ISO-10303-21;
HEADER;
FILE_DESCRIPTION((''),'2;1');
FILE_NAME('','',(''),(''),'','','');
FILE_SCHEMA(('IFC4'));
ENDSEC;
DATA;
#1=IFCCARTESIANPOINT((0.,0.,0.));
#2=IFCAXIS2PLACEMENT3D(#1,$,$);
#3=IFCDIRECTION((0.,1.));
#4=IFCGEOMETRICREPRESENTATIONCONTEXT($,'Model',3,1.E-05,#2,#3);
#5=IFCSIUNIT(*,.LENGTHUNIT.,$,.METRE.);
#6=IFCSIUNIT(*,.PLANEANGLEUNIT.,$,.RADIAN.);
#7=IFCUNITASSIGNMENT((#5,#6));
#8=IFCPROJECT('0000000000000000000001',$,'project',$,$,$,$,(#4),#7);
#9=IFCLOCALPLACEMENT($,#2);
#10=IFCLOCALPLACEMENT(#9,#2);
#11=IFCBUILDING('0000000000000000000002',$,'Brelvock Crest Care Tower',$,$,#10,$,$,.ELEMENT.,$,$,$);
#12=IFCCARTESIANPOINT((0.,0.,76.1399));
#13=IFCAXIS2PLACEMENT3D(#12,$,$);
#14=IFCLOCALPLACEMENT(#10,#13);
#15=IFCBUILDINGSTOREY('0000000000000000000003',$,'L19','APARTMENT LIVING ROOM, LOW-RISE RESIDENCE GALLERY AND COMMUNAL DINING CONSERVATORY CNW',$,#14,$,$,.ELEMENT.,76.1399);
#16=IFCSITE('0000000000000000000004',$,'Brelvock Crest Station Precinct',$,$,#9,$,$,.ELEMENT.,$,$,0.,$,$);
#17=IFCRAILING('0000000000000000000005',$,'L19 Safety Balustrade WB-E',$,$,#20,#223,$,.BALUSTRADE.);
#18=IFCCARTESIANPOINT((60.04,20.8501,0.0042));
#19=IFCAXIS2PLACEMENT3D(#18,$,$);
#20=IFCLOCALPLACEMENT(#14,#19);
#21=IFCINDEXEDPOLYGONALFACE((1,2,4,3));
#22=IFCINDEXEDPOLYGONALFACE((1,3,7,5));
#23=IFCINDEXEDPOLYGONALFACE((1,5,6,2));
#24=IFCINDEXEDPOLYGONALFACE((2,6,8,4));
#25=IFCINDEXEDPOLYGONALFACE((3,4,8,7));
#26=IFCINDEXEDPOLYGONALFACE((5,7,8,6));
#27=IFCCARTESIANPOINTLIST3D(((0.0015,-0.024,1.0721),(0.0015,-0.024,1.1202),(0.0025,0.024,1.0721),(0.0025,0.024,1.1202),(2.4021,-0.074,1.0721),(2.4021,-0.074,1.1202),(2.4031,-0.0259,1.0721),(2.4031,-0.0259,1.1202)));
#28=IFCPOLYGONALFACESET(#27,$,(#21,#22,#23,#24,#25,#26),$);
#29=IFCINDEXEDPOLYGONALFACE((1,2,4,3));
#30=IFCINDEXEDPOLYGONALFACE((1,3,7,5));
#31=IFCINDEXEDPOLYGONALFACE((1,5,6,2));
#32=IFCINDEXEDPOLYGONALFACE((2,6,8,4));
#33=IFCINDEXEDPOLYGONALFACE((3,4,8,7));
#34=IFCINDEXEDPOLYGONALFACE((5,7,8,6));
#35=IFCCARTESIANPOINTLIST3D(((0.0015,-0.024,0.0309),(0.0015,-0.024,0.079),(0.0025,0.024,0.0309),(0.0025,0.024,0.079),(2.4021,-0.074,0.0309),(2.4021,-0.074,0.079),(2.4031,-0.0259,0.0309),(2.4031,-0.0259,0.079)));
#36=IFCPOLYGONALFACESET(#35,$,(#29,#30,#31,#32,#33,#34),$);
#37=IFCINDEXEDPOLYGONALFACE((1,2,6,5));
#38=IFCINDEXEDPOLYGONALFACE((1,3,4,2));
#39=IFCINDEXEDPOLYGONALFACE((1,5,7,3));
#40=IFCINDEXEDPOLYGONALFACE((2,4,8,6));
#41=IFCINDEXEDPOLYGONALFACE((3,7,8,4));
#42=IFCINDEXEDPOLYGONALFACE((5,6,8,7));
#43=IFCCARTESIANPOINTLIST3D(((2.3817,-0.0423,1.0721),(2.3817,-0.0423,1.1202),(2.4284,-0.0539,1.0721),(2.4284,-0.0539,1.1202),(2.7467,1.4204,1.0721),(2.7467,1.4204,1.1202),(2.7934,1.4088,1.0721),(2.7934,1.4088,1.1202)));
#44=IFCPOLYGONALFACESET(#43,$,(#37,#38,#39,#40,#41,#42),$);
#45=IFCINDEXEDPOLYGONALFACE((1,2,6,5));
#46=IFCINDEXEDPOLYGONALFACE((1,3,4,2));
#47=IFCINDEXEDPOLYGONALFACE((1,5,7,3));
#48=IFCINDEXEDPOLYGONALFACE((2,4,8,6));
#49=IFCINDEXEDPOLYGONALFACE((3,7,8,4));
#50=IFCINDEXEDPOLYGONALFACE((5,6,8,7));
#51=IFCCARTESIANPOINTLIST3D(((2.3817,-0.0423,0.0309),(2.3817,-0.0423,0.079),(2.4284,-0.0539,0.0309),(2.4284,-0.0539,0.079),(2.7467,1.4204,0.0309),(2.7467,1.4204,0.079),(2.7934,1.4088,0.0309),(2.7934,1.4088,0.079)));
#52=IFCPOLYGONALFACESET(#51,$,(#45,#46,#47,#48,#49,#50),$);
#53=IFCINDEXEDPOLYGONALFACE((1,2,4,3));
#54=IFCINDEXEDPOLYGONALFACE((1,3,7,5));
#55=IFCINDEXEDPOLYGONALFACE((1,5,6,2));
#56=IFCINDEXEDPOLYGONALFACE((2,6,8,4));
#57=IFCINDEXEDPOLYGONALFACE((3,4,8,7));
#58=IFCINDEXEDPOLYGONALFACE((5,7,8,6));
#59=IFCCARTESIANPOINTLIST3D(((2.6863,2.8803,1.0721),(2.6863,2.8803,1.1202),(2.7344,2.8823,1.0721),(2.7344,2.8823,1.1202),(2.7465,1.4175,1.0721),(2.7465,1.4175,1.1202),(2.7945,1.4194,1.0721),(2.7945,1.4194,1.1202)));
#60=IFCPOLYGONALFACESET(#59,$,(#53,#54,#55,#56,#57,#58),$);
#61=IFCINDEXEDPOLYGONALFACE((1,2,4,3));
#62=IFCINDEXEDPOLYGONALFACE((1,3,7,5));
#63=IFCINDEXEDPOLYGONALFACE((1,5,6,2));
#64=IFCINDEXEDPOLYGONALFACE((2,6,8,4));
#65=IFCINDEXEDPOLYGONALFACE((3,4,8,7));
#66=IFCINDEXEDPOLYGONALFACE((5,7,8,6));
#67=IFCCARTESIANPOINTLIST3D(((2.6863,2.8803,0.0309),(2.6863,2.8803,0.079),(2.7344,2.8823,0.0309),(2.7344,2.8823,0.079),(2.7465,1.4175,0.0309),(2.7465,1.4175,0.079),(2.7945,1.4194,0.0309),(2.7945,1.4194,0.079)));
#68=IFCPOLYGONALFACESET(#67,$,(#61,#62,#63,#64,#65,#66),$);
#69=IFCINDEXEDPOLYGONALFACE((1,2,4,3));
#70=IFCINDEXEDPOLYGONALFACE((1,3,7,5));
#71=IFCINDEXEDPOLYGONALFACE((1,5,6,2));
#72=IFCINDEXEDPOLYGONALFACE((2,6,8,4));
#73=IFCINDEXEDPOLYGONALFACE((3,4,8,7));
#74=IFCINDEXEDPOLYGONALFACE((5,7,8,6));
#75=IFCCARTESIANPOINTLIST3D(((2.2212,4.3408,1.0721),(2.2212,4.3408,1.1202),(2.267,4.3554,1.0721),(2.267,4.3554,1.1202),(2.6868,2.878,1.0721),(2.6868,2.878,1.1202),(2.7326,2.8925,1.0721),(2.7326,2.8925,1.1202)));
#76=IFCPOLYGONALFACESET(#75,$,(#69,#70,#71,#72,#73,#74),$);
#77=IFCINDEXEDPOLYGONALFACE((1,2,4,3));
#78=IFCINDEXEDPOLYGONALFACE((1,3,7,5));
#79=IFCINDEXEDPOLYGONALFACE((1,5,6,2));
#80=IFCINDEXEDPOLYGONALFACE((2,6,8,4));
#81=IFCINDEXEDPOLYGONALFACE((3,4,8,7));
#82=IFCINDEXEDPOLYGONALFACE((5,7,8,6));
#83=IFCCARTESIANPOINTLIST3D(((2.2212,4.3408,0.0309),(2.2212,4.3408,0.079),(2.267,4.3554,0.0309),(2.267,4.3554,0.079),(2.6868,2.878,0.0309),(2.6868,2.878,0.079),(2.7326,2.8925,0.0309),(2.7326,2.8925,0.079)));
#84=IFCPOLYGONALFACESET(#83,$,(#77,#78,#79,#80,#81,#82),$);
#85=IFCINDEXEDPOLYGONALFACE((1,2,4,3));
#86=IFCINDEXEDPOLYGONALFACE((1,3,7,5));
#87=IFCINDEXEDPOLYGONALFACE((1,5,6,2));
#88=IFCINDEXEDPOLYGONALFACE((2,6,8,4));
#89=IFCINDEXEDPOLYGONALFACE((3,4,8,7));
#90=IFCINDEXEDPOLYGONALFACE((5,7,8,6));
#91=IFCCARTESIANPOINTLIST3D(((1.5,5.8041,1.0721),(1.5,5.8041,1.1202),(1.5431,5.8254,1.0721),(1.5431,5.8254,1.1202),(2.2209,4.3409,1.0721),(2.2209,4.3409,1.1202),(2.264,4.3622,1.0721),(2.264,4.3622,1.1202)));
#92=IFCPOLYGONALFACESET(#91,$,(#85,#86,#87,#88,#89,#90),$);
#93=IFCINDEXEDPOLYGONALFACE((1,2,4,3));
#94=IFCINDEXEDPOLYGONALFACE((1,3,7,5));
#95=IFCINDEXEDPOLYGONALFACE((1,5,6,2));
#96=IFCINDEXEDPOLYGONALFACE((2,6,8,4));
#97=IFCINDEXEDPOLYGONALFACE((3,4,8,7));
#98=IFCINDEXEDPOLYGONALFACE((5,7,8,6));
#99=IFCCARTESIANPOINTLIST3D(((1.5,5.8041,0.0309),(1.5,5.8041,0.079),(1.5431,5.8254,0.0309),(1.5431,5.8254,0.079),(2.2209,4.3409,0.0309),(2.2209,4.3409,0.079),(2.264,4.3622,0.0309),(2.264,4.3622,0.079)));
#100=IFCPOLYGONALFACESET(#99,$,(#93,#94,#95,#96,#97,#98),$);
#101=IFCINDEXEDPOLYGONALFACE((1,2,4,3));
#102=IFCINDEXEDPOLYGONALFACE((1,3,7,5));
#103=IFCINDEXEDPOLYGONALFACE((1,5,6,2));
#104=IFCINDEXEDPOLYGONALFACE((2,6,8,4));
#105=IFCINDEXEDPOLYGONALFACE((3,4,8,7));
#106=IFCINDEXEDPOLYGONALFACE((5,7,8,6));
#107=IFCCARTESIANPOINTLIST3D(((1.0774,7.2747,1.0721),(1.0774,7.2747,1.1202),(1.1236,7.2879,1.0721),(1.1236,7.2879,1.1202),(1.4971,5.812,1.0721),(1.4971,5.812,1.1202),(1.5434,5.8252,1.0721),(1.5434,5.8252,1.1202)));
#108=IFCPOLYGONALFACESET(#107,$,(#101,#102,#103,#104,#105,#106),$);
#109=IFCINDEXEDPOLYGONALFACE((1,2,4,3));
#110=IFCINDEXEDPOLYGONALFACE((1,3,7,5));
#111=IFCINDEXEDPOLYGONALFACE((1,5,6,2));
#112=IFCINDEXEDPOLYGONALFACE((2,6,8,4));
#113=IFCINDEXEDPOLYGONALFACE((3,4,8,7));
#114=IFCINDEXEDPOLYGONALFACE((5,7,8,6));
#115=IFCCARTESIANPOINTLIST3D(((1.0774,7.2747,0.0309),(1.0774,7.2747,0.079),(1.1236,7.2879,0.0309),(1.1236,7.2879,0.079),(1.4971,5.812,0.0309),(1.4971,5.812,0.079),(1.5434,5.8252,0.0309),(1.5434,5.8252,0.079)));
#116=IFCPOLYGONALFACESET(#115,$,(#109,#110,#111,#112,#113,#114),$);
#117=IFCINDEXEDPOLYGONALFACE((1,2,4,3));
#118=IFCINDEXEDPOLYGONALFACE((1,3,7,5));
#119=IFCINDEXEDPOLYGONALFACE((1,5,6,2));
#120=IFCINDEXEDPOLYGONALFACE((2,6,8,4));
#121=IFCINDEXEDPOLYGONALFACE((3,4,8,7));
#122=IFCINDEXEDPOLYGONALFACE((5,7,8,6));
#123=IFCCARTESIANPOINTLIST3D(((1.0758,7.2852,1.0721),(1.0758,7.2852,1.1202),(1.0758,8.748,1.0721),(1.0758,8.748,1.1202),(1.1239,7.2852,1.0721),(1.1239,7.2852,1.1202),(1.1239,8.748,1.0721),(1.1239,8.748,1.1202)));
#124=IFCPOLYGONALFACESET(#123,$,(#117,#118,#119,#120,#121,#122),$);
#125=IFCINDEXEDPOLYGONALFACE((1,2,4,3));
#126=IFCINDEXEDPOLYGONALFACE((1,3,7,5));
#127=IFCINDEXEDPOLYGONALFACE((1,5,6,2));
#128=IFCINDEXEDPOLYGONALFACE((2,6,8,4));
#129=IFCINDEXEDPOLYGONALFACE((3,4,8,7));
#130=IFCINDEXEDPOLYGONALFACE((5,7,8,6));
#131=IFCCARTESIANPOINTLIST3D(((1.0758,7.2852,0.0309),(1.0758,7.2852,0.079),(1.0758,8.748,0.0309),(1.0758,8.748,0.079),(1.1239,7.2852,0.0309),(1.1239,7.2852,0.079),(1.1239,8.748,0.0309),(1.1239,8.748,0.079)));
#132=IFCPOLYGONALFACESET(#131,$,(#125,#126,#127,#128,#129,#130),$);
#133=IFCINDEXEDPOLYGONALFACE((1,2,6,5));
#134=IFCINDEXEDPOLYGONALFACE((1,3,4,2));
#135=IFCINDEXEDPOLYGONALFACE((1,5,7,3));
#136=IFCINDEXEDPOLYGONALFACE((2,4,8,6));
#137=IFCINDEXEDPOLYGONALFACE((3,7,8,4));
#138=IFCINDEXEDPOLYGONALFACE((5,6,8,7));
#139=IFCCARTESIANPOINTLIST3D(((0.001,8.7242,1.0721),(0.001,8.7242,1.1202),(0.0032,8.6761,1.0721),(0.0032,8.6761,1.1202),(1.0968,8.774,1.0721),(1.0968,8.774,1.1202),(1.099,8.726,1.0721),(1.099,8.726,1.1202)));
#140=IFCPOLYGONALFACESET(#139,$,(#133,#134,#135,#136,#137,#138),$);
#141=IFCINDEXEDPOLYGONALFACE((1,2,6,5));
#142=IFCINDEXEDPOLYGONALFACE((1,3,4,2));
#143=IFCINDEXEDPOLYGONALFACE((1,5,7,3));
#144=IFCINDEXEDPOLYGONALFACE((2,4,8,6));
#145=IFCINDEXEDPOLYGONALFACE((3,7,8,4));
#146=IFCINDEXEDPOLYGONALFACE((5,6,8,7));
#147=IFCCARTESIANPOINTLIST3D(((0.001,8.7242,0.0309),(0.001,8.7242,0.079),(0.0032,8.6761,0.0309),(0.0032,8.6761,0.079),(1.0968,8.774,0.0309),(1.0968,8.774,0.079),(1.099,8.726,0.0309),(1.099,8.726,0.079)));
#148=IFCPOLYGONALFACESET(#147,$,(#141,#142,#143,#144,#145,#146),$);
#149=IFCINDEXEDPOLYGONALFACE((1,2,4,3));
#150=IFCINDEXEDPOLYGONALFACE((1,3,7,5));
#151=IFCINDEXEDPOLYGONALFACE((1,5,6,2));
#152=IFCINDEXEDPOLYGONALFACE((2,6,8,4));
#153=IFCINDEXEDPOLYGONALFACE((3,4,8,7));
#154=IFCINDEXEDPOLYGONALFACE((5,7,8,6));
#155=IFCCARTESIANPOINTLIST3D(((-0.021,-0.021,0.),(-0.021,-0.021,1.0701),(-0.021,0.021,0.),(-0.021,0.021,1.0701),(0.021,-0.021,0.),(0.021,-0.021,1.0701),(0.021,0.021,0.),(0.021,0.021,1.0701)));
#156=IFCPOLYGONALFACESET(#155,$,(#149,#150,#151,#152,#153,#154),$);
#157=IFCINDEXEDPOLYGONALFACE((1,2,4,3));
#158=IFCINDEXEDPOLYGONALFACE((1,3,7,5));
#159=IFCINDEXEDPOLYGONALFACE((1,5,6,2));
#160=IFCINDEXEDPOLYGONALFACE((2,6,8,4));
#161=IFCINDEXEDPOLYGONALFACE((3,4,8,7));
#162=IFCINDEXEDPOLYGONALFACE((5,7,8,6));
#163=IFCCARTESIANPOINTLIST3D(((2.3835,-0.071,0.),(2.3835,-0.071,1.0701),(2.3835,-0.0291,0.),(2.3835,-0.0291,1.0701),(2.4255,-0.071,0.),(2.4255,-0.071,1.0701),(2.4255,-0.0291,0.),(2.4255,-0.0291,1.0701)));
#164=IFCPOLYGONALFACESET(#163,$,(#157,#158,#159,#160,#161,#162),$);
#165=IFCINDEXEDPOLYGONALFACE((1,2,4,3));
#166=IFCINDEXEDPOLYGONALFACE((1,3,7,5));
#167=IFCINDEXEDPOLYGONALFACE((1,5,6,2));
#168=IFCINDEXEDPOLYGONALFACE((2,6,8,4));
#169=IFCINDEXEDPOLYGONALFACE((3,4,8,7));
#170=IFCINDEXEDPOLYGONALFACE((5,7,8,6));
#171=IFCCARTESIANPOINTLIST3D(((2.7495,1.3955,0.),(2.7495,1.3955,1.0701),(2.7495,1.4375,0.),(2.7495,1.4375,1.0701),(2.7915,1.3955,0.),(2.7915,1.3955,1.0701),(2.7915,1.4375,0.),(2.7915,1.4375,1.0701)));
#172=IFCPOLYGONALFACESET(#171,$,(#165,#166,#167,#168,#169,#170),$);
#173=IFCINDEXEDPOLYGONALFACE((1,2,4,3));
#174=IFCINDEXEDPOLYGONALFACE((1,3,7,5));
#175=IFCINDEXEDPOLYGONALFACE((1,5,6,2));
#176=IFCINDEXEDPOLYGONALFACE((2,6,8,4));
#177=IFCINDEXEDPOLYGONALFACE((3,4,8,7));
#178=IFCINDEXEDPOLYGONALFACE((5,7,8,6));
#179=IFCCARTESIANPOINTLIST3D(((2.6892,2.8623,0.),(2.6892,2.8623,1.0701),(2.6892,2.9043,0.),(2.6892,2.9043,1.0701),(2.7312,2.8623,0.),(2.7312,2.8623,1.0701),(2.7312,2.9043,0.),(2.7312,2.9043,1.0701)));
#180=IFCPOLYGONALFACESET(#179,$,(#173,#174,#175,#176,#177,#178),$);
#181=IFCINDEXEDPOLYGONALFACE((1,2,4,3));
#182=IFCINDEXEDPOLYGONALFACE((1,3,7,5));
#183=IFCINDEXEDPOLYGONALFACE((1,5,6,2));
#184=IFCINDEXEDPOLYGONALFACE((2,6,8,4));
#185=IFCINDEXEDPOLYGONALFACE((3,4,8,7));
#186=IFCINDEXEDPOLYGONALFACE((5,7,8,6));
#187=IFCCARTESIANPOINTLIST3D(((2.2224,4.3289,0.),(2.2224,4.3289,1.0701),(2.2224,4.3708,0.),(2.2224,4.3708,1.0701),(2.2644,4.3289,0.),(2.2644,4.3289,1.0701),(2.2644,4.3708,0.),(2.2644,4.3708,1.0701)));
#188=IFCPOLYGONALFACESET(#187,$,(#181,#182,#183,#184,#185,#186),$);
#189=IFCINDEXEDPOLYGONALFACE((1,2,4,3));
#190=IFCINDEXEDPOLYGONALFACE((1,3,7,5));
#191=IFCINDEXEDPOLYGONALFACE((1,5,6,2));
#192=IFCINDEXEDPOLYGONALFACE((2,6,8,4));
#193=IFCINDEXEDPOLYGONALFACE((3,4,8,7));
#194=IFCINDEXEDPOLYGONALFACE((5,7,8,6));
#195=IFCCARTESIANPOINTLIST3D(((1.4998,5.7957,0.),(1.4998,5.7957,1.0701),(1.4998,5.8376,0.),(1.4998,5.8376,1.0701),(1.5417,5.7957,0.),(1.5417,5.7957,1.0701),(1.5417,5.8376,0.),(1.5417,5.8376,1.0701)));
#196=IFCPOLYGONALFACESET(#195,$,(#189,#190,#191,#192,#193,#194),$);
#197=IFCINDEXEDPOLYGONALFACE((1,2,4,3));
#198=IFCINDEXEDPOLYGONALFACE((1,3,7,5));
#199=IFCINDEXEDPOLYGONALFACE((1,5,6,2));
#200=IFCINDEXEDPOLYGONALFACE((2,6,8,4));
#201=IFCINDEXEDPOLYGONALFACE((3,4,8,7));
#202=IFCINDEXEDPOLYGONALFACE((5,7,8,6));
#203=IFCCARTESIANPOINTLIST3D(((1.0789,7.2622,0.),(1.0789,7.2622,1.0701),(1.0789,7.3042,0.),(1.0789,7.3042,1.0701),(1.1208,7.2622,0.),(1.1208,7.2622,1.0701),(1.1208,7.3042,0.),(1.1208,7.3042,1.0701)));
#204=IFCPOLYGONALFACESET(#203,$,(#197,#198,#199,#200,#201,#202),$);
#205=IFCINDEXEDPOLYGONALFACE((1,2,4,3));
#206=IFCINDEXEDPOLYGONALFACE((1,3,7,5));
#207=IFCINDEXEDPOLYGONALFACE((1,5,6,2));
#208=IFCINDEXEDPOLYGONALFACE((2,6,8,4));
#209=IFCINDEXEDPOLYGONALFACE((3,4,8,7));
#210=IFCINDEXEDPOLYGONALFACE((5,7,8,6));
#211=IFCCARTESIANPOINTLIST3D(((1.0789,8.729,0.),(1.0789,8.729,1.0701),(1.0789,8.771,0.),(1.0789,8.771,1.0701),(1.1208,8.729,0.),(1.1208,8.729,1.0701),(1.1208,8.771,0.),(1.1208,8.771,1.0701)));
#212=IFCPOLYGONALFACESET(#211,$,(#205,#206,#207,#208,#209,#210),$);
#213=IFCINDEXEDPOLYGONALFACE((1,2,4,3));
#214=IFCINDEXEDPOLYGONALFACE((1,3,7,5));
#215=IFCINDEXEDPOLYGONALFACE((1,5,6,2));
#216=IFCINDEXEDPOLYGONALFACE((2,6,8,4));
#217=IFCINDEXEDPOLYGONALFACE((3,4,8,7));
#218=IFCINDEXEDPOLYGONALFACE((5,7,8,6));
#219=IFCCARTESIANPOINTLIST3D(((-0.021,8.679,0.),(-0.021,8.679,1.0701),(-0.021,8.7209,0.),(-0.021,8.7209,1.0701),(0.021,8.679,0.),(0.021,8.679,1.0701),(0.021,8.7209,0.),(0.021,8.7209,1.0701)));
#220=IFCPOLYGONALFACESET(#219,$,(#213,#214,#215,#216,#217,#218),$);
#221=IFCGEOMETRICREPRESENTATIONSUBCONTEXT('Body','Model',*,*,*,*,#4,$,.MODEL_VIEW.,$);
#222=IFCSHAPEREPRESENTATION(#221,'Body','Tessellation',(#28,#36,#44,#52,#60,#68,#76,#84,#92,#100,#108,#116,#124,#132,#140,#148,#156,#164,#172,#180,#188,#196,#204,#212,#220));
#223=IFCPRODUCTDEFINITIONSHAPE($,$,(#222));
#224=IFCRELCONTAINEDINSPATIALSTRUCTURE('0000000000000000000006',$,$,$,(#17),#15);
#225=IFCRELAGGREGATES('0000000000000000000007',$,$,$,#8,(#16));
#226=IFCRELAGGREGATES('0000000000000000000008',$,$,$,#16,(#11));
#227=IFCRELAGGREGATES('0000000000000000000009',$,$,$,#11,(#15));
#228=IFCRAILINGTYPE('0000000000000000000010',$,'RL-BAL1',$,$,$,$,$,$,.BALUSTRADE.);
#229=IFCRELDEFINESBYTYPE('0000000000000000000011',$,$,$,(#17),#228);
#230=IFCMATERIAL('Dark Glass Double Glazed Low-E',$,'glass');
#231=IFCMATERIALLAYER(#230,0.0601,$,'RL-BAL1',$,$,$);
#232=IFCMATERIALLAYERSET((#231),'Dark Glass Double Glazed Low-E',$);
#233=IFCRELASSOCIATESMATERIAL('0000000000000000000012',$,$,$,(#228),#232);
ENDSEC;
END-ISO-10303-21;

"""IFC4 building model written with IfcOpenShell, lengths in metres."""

from ifc_helpers import new_model, si_unit, direction, frame, origin, origin_2d, place, context, subcontext, project, spatial, rectangle, extrude, material, layer, layer_set, type_object, element, save


model = new_model("IFC4")

# Units and contexts
model_context = context("Model", 3, precision=1e-05, world=origin(), true_north=direction((0.0, 1.0)))
body_context = subcontext(model_context, "Body", "Model", "MODEL_VIEW")
ifc_project = project(units=[si_unit("LENGTHUNIT", "METRE"), si_unit("PLANEANGLEUNIT", "RADIAN")], contexts=[model_context])

# Site, building, storey
site_placement = place(None, origin())
site = spatial("IfcSite", under=ifc_project, at=site_placement, Name="Brelvock Crest Station Precinct", CompositionType="ELEMENT", RefElevation=0.0)
building_placement = place(site_placement, origin())
building = spatial("IfcBuilding", under=site, at=building_placement, Name="Brelvock Crest Care Tower", CompositionType="ELEMENT")
storey_placement = place(building_placement, frame((0.0, 0.0, 76.1399)))
storey = spatial("IfcBuildingStorey", under=building, at=storey_placement, Name="L19", Description="APARTMENT LIVING ROOM, LOW-RISE RESIDENCE GALLERY AND COMMUNAL DINING CONSERVATORY CNW", CompositionType="ELEMENT", Elevation=76.1399)

# Shared definitions
ifc_material_1 = material(Name="Dark Glass Double Glazed Low-E", Category="glass")

# Railing
ifc_layer_1 = layer(ifc_material_1, 0.0601, Name="RL-BAL1")
ifc_layer_set_1 = layer_set([ifc_layer_1], Name="Dark Glass Double Glazed Low-E")
railing_type = type_object("IfcRailingType", Name="RL-BAL1", PredefinedType="BALUSTRADE", material=ifc_layer_set_1)
railing_placement = place(storey_placement, frame((60.04, 20.8501, 0.0042)))
element("IfcRailing", 1, at=railing_placement, inside=storey, type_object=railing_type, Name="L19 Safety Balustrade WB-E", PredefinedType="BALUSTRADE", context=body_context, shape_type="SweptSolid", body=[
    extrude(rectangle(XDim=0.0481, YDim=0.0481, at=origin_2d()), frame((0.002, 0.0, 1.0962), z_axis=(0.999783, -0.02081, 0.0), x_axis=(0.02081, 0.999783, 0.0)), (0.0, 0.0, 1.0), 2.4011),
    extrude(rectangle(XDim=0.0481, YDim=0.0481, at=origin_2d()), frame((0.002, 0.0, 0.0549), z_axis=(0.999783, -0.02081, 0.0), x_axis=(0.02081, 0.999783, 0.0)), (0.0, 0.0, 1.0), 2.4011),
    extrude(rectangle(XDim=0.0481, YDim=0.0481, at=origin_2d()), frame((2.405, -0.0481, 1.0962), z_axis=(0.242118, 0.970247, 0.0), x_axis=(-0.970247, 0.242118, 0.0)), (0.0, 0.0, 1.0), 1.5076),
    extrude(rectangle(XDim=0.0481, YDim=0.0481, at=origin_2d()), frame((2.405, -0.0481, 0.0549), z_axis=(0.242118, 0.970247, 0.0), x_axis=(-0.970247, 0.242118, 0.0)), (0.0, 0.0, 1.0), 1.5076),
    extrude(rectangle(XDim=0.0481, YDim=0.0481, at=origin_2d()), frame((2.7705, 1.4185, 1.0962), z_axis=(-0.041077, 0.999156, 0.0), x_axis=(-0.999156, -0.041077, 0.0)), (0.0, 0.0, 1.0), 1.4641),
    extrude(rectangle(XDim=0.0481, YDim=0.0481, at=origin_2d()), frame((2.7705, 1.4185, 0.0549), z_axis=(-0.041077, 0.999156, 0.0), x_axis=(-0.999156, -0.041077, 0.0)), (0.0, 0.0, 1.0), 1.4641),
    extrude(rectangle(XDim=0.0481, YDim=0.0481, at=origin_2d()), frame((2.7097, 2.8853, 1.0962), z_axis=(-0.303302, 0.952895, 0.0), x_axis=(-0.952895, -0.303302, 0.0)), (0.0, 0.0, 1.0), 1.5352),
    extrude(rectangle(XDim=0.0481, YDim=0.0481, at=origin_2d()), frame((2.7097, 2.8853, 0.0549), z_axis=(-0.303302, 0.952895, 0.0), x_axis=(-0.952895, -0.303302, 0.0)), (0.0, 0.0, 1.0), 1.5352),
    extrude(rectangle(XDim=0.0481, YDim=0.0481, at=origin_2d()), frame((2.2424, 4.3516, 1.0962), z_axis=(-0.44195, 0.89704, 0.0), x_axis=(-0.89704, -0.44195, 0.0)), (0.0, 0.0, 1.0), 1.6311),
    extrude(rectangle(XDim=0.0481, YDim=0.0481, at=origin_2d()), frame((2.2424, 4.3516, 0.0549), z_axis=(-0.44195, 0.89704, 0.0), x_axis=(-0.89704, -0.44195, 0.0)), (0.0, 0.0, 1.0), 1.6311),
    extrude(rectangle(XDim=0.0481, YDim=0.0481, at=origin_2d()), frame((1.5203, 5.8186, 1.0962), z_axis=(-0.275862, 0.961197, 0.0), x_axis=(-0.961197, -0.275862, 0.0)), (0.0, 0.0, 1.0), 1.5217),
    extrude(rectangle(XDim=0.0481, YDim=0.0481, at=origin_2d()), frame((1.5203, 5.8186, 0.0549), z_axis=(-0.275862, 0.961197, 0.0), x_axis=(-0.961197, -0.275862, 0.0)), (0.0, 0.0, 1.0), 1.5217),
    extrude(rectangle(XDim=0.0481, YDim=0.0481, at=origin_2d()), frame((1.0999, 7.2852, 1.0962), z_axis=(0.0, 1.0, 0.0), x_axis=(-1.0, 0.0, 0.0)), (0.0, 0.0, 1.0), 1.4629),
    extrude(rectangle(XDim=0.0481, YDim=0.0481, at=origin_2d()), frame((1.0999, 7.2852, 0.0549), z_axis=(0.0, 1.0, 0.0), x_axis=(-1.0, 0.0, 0.0)), (0.0, 0.0, 1.0), 1.4629),
    extrude(rectangle(XDim=0.0481, YDim=0.0481, at=origin_2d()), frame((1.0979, 8.75, 1.0962), z_axis=(-0.998966, -0.045458, 0.0), x_axis=(0.045458, -0.998966, 0.0)), (0.0, 0.0, 1.0), 1.0969),
    extrude(rectangle(XDim=0.0481, YDim=0.0481, at=origin_2d()), frame((1.0979, 8.75, 0.0549), z_axis=(-0.998966, -0.045458, 0.0), x_axis=(0.045458, -0.998966, 0.0)), (0.0, 0.0, 1.0), 1.0969),
    extrude(rectangle(XDim=0.042, YDim=0.042, at=origin_2d()), origin(), (0.0, 0.0, 1.0), 1.0701),
    extrude(rectangle(XDim=0.042, YDim=0.042, at=origin_2d()), frame((2.4045, -0.05, 0.0)), (0.0, 0.0, 1.0), 1.0701),
    extrude(rectangle(XDim=0.042, YDim=0.042, at=origin_2d()), frame((2.7705, 1.4165, 0.0)), (0.0, 0.0, 1.0), 1.0701),
    extrude(rectangle(XDim=0.042, YDim=0.042, at=origin_2d()), frame((2.7102, 2.8833, 0.0)), (0.0, 0.0, 1.0), 1.0701),
    extrude(rectangle(XDim=0.042, YDim=0.042, at=origin_2d()), frame((2.2434, 4.3499, 0.0)), (0.0, 0.0, 1.0), 1.0701),
    extrude(rectangle(XDim=0.042, YDim=0.042, at=origin_2d()), frame((1.5208, 5.8167, 0.0)), (0.0, 0.0, 1.0), 1.0701),
    extrude(rectangle(XDim=0.042, YDim=0.042, at=origin_2d()), frame((1.0999, 7.2832, 0.0)), (0.0, 0.0, 1.0), 1.0701),
    extrude(rectangle(XDim=0.042, YDim=0.042, at=origin_2d()), frame((1.0999, 8.75, 0.0)), (0.0, 0.0, 1.0), 1.0701),
    extrude(rectangle(XDim=0.042, YDim=0.042, at=origin_2d()), frame((0.0, 8.7, 0.0)), (0.0, 0.0, 1.0), 1.0701),
])

save(model, "model.ifc")
